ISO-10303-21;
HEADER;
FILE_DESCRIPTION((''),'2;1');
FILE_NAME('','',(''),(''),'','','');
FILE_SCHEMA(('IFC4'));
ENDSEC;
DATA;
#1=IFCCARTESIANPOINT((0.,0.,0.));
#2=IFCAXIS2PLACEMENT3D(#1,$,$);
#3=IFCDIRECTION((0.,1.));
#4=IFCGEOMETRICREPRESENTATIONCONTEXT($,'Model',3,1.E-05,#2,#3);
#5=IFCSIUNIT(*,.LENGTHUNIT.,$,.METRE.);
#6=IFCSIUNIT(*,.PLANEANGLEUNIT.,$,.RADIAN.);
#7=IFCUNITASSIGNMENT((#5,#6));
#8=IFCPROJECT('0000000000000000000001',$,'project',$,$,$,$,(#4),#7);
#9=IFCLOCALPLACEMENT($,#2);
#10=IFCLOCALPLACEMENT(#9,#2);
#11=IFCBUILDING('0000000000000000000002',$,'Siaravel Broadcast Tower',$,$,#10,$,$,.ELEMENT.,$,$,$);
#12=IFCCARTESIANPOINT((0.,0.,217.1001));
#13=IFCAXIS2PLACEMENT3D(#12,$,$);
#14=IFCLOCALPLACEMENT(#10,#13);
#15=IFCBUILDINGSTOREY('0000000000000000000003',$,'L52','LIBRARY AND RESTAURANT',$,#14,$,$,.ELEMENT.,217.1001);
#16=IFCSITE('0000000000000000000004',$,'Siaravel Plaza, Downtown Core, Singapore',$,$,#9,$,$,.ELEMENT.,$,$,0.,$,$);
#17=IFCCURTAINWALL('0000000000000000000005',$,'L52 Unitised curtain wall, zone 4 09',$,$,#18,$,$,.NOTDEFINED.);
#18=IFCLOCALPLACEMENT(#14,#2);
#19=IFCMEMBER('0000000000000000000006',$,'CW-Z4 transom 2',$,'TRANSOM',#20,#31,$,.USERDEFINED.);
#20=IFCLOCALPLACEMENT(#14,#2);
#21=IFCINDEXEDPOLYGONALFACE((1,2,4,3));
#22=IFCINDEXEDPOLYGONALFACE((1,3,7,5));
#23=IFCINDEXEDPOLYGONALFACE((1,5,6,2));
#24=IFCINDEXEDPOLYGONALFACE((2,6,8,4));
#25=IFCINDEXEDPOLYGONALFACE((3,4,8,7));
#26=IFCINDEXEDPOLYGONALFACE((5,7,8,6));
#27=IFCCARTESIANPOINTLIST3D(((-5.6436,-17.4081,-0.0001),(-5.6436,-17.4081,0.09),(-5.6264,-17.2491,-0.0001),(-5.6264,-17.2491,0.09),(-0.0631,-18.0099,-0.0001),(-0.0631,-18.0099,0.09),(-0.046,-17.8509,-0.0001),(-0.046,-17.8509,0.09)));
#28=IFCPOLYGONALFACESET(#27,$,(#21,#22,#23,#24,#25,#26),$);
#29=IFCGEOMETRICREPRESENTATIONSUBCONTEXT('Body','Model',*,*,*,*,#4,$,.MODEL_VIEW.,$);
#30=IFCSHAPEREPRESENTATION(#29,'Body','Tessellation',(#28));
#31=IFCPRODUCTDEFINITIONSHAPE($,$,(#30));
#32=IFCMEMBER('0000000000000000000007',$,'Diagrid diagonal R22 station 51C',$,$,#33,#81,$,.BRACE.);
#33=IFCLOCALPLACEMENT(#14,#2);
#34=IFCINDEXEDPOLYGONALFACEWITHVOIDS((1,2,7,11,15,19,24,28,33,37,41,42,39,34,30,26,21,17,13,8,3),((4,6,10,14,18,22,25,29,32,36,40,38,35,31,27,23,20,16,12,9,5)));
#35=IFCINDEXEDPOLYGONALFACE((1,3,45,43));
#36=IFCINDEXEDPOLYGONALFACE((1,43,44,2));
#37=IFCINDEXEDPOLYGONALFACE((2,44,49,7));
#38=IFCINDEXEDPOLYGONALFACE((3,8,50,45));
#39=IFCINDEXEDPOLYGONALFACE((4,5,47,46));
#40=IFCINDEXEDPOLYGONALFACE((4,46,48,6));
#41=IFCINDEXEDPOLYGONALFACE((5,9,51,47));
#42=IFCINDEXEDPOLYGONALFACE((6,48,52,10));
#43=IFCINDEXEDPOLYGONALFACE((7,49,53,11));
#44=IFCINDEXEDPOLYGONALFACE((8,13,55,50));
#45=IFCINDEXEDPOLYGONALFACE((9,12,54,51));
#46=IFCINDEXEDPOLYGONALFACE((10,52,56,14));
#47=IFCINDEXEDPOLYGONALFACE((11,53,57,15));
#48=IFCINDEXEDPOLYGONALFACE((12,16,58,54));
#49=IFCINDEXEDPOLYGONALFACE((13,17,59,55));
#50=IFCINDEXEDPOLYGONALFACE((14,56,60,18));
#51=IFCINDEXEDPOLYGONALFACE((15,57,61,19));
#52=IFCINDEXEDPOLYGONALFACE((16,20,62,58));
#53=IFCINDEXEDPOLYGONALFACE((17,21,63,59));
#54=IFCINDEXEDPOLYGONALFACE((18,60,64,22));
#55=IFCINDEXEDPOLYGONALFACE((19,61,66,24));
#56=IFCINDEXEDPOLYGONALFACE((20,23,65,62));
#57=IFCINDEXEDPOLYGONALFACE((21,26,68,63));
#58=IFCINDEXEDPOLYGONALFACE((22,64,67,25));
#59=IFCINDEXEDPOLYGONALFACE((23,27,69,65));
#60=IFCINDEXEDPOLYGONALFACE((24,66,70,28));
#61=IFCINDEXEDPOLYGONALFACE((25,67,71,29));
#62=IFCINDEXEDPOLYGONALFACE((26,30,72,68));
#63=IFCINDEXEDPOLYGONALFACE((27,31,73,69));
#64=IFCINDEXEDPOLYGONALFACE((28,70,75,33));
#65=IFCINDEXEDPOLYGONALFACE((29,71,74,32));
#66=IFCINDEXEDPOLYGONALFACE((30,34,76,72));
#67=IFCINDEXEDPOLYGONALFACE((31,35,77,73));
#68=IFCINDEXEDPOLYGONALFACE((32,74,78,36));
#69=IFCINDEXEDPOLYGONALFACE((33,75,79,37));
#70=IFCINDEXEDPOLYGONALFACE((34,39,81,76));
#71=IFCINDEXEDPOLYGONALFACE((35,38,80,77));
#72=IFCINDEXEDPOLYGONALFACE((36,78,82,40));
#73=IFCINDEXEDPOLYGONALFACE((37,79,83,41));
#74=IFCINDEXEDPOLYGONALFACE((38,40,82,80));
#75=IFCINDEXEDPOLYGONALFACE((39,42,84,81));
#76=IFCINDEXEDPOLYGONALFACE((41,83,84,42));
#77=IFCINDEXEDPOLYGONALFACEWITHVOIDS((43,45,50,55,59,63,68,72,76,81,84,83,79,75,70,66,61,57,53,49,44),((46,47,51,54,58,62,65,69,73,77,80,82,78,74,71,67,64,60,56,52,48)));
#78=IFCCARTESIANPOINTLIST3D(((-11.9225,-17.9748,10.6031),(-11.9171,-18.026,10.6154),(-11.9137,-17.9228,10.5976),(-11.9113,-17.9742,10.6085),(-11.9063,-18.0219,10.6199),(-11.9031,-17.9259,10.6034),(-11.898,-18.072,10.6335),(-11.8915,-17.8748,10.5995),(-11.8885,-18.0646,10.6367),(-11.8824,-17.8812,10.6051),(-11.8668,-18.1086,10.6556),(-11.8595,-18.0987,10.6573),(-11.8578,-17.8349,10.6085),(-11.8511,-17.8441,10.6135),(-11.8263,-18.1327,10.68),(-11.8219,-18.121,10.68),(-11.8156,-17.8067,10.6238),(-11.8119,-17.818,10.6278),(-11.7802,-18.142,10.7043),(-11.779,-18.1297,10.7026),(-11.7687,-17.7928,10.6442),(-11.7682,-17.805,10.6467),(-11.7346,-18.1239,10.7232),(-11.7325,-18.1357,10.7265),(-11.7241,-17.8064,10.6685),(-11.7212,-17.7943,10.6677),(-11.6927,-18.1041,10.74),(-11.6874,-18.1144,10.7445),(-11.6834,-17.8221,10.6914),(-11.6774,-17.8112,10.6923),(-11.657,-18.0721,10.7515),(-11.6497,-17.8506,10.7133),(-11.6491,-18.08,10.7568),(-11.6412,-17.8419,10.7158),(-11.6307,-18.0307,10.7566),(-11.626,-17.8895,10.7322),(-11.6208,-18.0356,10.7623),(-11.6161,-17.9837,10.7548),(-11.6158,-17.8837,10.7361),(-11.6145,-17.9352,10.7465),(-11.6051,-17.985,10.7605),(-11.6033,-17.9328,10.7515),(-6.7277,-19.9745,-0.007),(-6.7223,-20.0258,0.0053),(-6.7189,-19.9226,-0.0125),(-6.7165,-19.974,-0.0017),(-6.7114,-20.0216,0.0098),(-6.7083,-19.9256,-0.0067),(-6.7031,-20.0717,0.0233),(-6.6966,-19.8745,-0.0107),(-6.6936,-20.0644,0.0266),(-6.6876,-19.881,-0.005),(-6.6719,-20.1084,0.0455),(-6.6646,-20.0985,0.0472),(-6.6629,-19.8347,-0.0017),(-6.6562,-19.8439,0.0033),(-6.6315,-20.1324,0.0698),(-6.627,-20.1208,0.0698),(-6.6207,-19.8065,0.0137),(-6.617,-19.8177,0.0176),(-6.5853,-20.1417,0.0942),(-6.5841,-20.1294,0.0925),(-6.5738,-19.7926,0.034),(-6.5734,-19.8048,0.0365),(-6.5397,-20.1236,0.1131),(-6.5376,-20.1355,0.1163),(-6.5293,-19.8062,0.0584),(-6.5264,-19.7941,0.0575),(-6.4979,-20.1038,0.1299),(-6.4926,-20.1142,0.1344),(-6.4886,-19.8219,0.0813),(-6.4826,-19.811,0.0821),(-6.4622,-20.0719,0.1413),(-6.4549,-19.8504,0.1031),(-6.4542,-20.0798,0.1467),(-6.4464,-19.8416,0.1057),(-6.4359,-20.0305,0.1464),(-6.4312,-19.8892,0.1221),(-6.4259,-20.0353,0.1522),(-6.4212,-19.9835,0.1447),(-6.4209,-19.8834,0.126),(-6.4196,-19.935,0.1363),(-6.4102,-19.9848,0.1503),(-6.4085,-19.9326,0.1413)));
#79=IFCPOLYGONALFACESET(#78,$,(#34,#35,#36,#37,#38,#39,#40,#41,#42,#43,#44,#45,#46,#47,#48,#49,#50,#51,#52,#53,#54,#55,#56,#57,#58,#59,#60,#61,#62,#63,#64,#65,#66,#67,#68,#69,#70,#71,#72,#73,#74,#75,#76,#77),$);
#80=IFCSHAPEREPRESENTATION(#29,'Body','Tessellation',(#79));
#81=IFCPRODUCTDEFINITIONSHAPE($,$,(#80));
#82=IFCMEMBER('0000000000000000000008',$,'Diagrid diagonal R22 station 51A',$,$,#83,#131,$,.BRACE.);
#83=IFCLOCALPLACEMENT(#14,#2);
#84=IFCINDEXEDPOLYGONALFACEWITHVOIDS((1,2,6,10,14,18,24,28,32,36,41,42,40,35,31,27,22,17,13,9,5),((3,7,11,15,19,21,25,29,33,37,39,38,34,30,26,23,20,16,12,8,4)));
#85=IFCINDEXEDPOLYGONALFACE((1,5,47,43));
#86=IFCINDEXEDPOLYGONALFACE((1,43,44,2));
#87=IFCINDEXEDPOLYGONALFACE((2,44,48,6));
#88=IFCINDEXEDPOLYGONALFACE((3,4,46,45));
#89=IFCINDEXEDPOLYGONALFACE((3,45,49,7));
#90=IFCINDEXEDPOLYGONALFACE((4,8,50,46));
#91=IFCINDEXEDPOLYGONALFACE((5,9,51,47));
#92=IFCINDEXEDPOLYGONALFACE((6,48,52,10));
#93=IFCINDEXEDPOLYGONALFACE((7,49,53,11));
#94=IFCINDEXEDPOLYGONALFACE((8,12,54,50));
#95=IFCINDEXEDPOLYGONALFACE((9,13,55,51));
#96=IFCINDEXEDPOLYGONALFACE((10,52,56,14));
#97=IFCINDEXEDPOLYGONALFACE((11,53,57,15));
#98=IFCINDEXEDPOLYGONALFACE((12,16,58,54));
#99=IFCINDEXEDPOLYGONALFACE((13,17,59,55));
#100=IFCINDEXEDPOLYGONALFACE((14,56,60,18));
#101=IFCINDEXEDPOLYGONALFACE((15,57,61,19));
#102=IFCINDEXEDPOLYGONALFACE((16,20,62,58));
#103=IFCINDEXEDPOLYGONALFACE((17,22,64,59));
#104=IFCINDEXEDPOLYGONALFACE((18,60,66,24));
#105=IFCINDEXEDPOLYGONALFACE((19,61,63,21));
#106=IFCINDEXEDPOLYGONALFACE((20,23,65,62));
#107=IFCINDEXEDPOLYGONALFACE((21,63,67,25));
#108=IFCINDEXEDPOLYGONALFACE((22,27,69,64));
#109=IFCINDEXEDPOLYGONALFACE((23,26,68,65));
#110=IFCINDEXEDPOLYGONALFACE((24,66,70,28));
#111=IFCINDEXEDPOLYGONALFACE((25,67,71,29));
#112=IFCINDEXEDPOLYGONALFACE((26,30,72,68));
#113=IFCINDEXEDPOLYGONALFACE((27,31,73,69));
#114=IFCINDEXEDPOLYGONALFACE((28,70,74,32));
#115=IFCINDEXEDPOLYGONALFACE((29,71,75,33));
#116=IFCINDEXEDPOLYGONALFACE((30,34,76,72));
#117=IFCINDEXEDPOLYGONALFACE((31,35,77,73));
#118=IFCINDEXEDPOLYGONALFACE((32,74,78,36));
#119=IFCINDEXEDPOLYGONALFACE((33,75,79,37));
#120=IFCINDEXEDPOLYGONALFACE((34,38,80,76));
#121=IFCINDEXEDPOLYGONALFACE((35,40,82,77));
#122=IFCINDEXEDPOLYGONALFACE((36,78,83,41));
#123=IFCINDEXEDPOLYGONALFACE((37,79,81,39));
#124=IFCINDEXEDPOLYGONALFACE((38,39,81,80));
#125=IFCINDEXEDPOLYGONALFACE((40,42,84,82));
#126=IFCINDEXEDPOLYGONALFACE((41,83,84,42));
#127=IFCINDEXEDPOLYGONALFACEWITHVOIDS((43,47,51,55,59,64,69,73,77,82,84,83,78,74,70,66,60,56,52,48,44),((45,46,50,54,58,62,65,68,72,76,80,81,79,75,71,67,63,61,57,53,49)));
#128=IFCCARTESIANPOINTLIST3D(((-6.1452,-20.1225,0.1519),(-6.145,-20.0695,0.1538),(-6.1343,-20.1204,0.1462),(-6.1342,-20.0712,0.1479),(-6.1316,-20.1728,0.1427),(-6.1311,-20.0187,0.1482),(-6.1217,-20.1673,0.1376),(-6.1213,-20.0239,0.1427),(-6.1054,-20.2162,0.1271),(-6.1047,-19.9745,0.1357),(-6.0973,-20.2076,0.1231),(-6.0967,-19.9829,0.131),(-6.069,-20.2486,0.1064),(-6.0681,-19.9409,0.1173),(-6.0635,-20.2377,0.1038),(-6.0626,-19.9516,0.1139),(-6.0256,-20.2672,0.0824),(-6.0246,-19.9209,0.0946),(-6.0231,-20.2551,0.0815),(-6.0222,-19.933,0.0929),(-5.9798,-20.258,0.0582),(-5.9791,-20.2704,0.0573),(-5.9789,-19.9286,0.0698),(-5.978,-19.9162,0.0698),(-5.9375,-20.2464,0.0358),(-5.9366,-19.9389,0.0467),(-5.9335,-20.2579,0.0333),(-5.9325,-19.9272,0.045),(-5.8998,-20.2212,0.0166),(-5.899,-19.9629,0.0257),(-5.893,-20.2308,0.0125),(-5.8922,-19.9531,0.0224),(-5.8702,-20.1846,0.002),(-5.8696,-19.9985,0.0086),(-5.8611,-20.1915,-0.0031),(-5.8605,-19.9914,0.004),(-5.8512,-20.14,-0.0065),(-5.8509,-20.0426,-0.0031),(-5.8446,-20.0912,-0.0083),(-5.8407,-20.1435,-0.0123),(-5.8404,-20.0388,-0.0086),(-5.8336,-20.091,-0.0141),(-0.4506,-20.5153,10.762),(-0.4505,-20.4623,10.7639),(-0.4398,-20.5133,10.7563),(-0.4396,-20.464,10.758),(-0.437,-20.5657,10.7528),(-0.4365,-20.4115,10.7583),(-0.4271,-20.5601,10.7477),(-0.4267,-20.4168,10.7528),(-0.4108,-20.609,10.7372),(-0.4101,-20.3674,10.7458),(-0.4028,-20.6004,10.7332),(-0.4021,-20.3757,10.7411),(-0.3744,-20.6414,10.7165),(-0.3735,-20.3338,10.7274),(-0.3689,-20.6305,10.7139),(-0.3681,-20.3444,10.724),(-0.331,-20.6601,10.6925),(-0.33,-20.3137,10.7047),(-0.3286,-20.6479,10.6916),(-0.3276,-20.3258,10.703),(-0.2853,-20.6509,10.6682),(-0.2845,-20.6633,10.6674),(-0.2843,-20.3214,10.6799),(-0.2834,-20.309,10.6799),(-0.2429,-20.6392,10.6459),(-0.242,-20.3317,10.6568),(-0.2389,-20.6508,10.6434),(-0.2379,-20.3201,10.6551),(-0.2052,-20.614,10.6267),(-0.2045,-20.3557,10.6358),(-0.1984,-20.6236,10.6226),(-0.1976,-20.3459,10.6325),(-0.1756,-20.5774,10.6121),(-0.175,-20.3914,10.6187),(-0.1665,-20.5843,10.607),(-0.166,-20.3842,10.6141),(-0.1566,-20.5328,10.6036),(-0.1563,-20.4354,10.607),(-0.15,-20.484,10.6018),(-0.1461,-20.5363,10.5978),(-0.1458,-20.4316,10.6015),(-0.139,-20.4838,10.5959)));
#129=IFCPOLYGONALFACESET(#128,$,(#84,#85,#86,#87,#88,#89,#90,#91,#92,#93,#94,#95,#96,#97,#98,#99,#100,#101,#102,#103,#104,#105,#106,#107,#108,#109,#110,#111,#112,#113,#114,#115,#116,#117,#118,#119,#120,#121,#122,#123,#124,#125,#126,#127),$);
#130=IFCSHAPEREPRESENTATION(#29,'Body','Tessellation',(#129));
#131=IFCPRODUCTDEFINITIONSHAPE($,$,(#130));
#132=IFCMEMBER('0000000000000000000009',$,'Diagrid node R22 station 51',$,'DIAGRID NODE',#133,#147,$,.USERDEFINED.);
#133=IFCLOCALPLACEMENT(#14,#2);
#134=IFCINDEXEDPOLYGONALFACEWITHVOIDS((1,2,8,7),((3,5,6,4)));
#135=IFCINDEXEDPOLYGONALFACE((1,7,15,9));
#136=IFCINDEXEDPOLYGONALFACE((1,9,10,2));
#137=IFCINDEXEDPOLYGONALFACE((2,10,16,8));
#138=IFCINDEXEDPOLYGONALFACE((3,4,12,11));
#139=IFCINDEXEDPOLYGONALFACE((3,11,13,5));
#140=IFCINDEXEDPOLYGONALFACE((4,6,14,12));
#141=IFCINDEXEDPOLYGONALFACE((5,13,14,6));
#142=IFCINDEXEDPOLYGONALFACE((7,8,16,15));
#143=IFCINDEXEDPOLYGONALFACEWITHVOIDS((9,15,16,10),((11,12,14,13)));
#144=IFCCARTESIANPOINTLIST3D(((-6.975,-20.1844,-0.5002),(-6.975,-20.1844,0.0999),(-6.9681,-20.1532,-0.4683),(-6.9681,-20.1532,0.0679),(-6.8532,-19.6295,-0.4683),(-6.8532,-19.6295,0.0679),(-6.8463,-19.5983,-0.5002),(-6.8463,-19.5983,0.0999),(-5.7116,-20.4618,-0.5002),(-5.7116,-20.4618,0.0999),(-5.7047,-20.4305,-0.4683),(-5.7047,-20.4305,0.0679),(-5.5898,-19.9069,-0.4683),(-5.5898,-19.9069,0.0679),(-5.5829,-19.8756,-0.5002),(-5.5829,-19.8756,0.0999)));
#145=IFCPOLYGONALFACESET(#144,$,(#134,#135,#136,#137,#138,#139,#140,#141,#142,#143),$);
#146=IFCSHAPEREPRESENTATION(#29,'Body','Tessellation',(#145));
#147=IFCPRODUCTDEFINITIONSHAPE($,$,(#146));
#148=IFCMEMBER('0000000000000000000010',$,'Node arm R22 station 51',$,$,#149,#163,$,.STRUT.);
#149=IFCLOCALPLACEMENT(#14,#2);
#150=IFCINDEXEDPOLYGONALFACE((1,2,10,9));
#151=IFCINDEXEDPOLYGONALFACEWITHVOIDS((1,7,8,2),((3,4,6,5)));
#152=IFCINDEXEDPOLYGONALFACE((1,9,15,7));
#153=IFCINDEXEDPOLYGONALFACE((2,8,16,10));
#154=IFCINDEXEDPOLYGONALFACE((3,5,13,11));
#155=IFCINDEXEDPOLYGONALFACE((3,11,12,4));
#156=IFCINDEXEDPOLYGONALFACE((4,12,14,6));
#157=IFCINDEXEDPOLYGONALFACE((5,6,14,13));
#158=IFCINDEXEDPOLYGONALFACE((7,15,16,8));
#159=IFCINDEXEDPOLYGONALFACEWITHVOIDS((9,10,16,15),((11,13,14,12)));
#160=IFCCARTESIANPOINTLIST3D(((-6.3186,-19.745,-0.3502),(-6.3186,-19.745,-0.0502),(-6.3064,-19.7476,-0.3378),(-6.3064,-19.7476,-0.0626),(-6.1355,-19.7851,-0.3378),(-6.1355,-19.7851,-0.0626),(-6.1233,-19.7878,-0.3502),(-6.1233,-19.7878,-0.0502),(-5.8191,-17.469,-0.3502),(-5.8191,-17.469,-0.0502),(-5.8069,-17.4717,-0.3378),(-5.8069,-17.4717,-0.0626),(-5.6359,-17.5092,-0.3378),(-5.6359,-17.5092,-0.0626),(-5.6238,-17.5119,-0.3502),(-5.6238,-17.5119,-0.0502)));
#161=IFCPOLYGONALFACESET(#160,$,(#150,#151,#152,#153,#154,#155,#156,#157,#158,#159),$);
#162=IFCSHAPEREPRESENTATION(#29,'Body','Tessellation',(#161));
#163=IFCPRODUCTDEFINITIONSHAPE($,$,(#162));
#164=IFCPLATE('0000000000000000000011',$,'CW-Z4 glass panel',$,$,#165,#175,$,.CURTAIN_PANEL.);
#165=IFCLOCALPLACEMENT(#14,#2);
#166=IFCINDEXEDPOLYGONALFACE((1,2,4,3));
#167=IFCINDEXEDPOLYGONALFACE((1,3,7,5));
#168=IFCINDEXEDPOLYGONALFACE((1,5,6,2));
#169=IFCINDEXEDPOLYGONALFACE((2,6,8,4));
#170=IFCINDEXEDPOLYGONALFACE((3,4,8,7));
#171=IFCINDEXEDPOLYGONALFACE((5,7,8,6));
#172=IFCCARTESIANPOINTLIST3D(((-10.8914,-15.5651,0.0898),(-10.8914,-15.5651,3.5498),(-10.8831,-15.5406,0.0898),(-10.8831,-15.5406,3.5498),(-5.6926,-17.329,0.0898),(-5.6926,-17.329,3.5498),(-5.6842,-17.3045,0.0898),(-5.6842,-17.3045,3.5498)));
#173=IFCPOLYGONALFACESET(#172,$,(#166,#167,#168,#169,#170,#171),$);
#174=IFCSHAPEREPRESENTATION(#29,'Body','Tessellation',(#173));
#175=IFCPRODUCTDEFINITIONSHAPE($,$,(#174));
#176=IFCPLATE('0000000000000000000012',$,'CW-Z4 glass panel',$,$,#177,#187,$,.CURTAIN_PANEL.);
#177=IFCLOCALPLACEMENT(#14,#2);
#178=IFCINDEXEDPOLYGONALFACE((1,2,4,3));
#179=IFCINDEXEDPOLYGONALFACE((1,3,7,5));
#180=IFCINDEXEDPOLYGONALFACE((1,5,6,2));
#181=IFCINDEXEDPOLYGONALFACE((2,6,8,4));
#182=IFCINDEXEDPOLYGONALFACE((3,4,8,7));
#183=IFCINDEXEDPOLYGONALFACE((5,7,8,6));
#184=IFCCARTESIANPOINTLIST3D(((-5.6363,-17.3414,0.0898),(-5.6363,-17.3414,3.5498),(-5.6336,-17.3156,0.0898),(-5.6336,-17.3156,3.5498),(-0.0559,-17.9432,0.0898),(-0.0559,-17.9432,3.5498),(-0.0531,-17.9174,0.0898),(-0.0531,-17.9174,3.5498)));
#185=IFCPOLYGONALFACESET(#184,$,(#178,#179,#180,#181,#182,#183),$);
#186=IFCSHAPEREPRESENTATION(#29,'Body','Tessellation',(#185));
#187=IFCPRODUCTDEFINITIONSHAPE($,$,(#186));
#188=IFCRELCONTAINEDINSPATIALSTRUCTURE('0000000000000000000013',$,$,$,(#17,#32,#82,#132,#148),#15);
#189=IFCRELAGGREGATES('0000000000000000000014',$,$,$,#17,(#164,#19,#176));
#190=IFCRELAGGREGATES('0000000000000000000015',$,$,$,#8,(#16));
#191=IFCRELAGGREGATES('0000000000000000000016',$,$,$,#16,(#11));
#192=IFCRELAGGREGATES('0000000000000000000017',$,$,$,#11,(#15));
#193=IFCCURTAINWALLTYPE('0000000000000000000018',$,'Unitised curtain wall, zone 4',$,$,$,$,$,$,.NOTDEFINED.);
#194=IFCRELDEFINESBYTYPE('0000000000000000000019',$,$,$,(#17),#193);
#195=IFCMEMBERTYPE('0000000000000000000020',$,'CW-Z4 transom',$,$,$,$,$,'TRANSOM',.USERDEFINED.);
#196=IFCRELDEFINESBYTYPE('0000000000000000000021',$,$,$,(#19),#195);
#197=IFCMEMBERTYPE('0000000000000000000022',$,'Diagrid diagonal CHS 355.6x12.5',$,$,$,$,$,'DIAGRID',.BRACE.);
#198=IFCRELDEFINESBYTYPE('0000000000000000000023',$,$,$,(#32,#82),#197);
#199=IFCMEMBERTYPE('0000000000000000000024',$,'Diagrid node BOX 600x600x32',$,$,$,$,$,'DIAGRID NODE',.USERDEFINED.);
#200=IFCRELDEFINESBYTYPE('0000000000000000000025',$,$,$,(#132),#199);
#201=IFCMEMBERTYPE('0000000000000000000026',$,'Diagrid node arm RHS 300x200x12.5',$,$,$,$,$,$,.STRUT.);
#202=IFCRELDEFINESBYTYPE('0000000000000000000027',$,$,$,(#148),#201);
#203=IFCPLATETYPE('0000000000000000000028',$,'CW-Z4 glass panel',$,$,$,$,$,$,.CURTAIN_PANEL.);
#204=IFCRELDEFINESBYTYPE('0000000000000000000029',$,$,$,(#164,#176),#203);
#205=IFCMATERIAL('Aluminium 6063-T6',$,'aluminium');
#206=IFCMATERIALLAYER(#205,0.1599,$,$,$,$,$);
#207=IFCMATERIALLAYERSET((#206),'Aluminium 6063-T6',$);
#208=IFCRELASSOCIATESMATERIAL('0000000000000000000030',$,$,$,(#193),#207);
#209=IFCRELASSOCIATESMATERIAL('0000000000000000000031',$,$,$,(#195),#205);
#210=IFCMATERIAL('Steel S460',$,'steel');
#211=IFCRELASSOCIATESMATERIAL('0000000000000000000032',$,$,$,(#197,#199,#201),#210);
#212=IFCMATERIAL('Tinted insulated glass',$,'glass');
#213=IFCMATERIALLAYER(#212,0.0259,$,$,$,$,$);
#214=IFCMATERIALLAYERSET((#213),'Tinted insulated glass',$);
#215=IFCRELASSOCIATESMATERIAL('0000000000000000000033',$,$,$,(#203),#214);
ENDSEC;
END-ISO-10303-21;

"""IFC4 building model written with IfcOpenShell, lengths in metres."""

from ifc_helpers import new_model, si_unit, direction, frame, origin, origin_2d, place, context, subcontext, project, spatial, rectangle, hollow_rectangle, hollow_circle, extrude, material, layer, layer_set, material_profile, profile_set, type_object, element, aggregate, save


model = new_model("IFC4")

# Units and contexts
model_context = context("Model", 3, precision=1e-05, world=origin(), true_north=direction((0.0, 1.0)))
body_context = subcontext(model_context, "Body", "Model", "MODEL_VIEW")
ifc_project = project(units=[si_unit("LENGTHUNIT", "METRE"), si_unit("PLANEANGLEUNIT", "RADIAN")], contexts=[model_context])

# Site, building, storey
site_placement = place(None, origin())
site = spatial("IfcSite", under=ifc_project, at=site_placement, Name="Siaravel Plaza, Downtown Core, Singapore", CompositionType="ELEMENT", RefElevation=0.0)
building_placement = place(site_placement, origin())
building = spatial("IfcBuilding", under=site, at=building_placement, Name="Siaravel Broadcast Tower", CompositionType="ELEMENT")
storey_placement = place(building_placement, frame((0.0, 0.0, 217.1001)))
storey = spatial("IfcBuildingStorey", under=building, at=storey_placement, Name="L52", Description="LIBRARY AND RESTAURANT", CompositionType="ELEMENT", Elevation=217.1001)

# Curtain wall, member
ifc_material_1 = material(Name="Aluminium 6063-T6", Category="aluminium")
ifc_layer_1 = layer(ifc_material_1, 0.1599)
ifc_layer_set_1 = layer_set([ifc_layer_1], Name="Aluminium 6063-T6")
curtain_wall_type = type_object("IfcCurtainWallType", Name="Unitised curtain wall, zone 4", PredefinedType="NOTDEFINED", material=ifc_layer_set_1)
curtain_wall_placement = place(storey_placement, origin())
curtain_wall = element("IfcCurtainWall", 1, at=curtain_wall_placement, inside=storey, type_object=curtain_wall_type, Name="L52 Unitised curtain wall, zone 4 09", PredefinedType="NOTDEFINED")
ifc_material_profile_1 = material_profile(ifc_material_1, rectangle(XDim=0.1599, YDim=0.0901, at=origin_2d()))
ifc_profile_set_1 = profile_set([ifc_material_profile_1], Name="Aluminium 6063-T6")
member_type_1 = type_object("IfcMemberType", Name="CW-Z4 transom", ElementType="TRANSOM", PredefinedType="USERDEFINED", material=ifc_profile_set_1)
member_1_placement = place(storey_placement, frame((-5.635, -17.3286, 0.0449), z_axis=(0.994235, -0.107223, 0.0), x_axis=(0.107223, 0.994235, 0.0)))
member_1 = element("IfcMember", 2, at=member_1_placement, type_object=member_type_1, Name="CW-Z4 transom 2", ObjectType="TRANSOM", PredefinedType="USERDEFINED", context=body_context, shape_type="SweptSolid", body=[
    extrude(rectangle(XDim=0.1599, YDim=0.0901, at=origin_2d()), origin(), (0.0, 0.0, 1.0), 5.6128),
])

# Members
ifc_material_2 = material(Name="Steel S460", Category="steel")
ifc_material_profile_2 = material_profile(ifc_material_2, hollow_circle(Radius=0.1777, WallThickness=0.0125, at=origin_2d()))
ifc_profile_set_2 = profile_set([ifc_material_profile_2], Name="Steel S460")
member_type_2 = type_object("IfcMemberType", Name="Diagrid diagonal CHS 355.6x12.5", ElementType="DIAGRID", PredefinedType="BRACE", material=ifc_profile_set_2)
member_2_placement = place(storey_placement, frame((-6.5676, -19.9666, 0.0698), z_axis=(-0.433566, 0.166902, 0.885531), x_axis=(-0.359252, -0.93324, 0.0)))
element("IfcMember", 3, at=member_2_placement, inside=storey, type_object=member_type_2, Name="Diagrid diagonal R22 station 51C", PredefinedType="BRACE", context=body_context, shape_type="SweptSolid", body=[
    extrude(hollow_circle(Radius=0.1777, WallThickness=0.0125, at=origin_2d()), origin(), (0.0, 0.0, 1.0), 11.9817),
])
member_3_placement = place(storey_placement, frame((-5.9902, -20.0935, 0.0698), z_axis=(0.472653, -0.032604, 0.880645), x_axis=(0.068818, 0.997629, 0.0)))
element("IfcMember", 4, at=member_3_placement, inside=storey, type_object=member_type_2, Name="Diagrid diagonal R22 station 51A", PredefinedType="BRACE", context=body_context, shape_type="SweptSolid", body=[
    extrude(hollow_circle(Radius=0.1777, WallThickness=0.0125, at=origin_2d()), origin(), (0.0, 0.0, 1.0), 12.0481),
])
ifc_material_profile_3 = material_profile(ifc_material_2, hollow_rectangle(XDim=0.6001, YDim=0.6001, WallThickness=0.032, at=origin_2d()))
ifc_profile_set_3 = profile_set([ifc_material_profile_3], Name="Steel S460")
member_type_3 = type_object("IfcMemberType", Name="Diagrid node BOX 600x600x32", ElementType="DIAGRID NODE", PredefinedType="USERDEFINED", material=ifc_profile_set_3)
member_4_placement = place(storey_placement, frame((-6.9106, -19.8914, -0.2002), z_axis=(0.976743, -0.214412, 0.0), x_axis=(0.214412, 0.976743, 0.0)))
element("IfcMember", 5, at=member_4_placement, inside=storey, type_object=member_type_3, Name="Diagrid node R22 station 51", ObjectType="DIAGRID NODE", PredefinedType="USERDEFINED", context=body_context, shape_type="SweptSolid", body=[
    extrude(hollow_rectangle(XDim=0.6001, YDim=0.6001, WallThickness=0.032, at=origin_2d()), origin(), (0.0, 0.0, 1.0), 1.2935),
])
ifc_material_profile_4 = material_profile(ifc_material_2, hollow_rectangle(XDim=0.2, YDim=0.3, WallThickness=0.0125, at=origin_2d()))
ifc_profile_set_4 = profile_set([ifc_material_profile_4], Name="Steel S460")
member_type_4 = type_object("IfcMemberType", Name="Diagrid node arm RHS 300x200x12.5", PredefinedType="STRUT", material=ifc_profile_set_4)
member_5_placement = place(storey_placement, frame((-5.7214, -17.4905, -0.2002), z_axis=(-0.214378, -0.976751, 0.0), x_axis=(0.976751, -0.214378, 0.0)))
element("IfcMember", 6, at=member_5_placement, inside=storey, type_object=member_type_4, Name="Node arm R22 station 51", PredefinedType="STRUT", context=body_context, shape_type="SweptSolid", body=[
    extrude(hollow_rectangle(XDim=0.2, YDim=0.3, WallThickness=0.0125, at=origin_2d()), origin(), (0.0, 0.0, 1.0), 2.3301),
])

# Plates
ifc_material_3 = material(Name="Tinted insulated glass", Category="glass")
ifc_layer_2 = layer(ifc_material_3, 0.0259)
ifc_layer_set_2 = layer_set([ifc_layer_2], Name="Tinted insulated glass")
plate_type = type_object("IfcPlateType", Name="CW-Z4 glass panel", PredefinedType="CURTAIN_PANEL", material=ifc_layer_set_2)
plate_1_placement = place(storey_placement, frame((-8.2878, -16.4348, 0.0898), z_axis=(0.0, 0.0, 1.0), x_axis=(0.946977, -0.321301, 0.0)))
plate_1 = element("IfcPlate", 7, at=plate_1_placement, type_object=plate_type, Name="CW-Z4 glass panel", PredefinedType="CURTAIN_PANEL", context=body_context, shape_type="SweptSolid", body=[
    extrude(rectangle(XDim=5.49, YDim=0.0259, at=origin_2d()), origin(), (0.0, 0.0, 1.0), 3.46),
])
plate_2_placement = place(storey_placement, frame((-2.8447, -17.6294, 0.0898), z_axis=(0.0, 0.0, 1.0), x_axis=(0.994236, -0.107218, 0.0)))
plate_2 = element("IfcPlate", 8, at=plate_2_placement, type_object=plate_type, Name="CW-Z4 glass panel", PredefinedType="CURTAIN_PANEL", context=body_context, shape_type="SweptSolid", body=[
    extrude(rectangle(XDim=5.6128, YDim=0.0259, at=origin_2d()), origin(), (0.0, 0.0, 1.0), 3.46),
])
aggregate(curtain_wall, [plate_1, member_1, plate_2])

save(model, "model.ifc")
